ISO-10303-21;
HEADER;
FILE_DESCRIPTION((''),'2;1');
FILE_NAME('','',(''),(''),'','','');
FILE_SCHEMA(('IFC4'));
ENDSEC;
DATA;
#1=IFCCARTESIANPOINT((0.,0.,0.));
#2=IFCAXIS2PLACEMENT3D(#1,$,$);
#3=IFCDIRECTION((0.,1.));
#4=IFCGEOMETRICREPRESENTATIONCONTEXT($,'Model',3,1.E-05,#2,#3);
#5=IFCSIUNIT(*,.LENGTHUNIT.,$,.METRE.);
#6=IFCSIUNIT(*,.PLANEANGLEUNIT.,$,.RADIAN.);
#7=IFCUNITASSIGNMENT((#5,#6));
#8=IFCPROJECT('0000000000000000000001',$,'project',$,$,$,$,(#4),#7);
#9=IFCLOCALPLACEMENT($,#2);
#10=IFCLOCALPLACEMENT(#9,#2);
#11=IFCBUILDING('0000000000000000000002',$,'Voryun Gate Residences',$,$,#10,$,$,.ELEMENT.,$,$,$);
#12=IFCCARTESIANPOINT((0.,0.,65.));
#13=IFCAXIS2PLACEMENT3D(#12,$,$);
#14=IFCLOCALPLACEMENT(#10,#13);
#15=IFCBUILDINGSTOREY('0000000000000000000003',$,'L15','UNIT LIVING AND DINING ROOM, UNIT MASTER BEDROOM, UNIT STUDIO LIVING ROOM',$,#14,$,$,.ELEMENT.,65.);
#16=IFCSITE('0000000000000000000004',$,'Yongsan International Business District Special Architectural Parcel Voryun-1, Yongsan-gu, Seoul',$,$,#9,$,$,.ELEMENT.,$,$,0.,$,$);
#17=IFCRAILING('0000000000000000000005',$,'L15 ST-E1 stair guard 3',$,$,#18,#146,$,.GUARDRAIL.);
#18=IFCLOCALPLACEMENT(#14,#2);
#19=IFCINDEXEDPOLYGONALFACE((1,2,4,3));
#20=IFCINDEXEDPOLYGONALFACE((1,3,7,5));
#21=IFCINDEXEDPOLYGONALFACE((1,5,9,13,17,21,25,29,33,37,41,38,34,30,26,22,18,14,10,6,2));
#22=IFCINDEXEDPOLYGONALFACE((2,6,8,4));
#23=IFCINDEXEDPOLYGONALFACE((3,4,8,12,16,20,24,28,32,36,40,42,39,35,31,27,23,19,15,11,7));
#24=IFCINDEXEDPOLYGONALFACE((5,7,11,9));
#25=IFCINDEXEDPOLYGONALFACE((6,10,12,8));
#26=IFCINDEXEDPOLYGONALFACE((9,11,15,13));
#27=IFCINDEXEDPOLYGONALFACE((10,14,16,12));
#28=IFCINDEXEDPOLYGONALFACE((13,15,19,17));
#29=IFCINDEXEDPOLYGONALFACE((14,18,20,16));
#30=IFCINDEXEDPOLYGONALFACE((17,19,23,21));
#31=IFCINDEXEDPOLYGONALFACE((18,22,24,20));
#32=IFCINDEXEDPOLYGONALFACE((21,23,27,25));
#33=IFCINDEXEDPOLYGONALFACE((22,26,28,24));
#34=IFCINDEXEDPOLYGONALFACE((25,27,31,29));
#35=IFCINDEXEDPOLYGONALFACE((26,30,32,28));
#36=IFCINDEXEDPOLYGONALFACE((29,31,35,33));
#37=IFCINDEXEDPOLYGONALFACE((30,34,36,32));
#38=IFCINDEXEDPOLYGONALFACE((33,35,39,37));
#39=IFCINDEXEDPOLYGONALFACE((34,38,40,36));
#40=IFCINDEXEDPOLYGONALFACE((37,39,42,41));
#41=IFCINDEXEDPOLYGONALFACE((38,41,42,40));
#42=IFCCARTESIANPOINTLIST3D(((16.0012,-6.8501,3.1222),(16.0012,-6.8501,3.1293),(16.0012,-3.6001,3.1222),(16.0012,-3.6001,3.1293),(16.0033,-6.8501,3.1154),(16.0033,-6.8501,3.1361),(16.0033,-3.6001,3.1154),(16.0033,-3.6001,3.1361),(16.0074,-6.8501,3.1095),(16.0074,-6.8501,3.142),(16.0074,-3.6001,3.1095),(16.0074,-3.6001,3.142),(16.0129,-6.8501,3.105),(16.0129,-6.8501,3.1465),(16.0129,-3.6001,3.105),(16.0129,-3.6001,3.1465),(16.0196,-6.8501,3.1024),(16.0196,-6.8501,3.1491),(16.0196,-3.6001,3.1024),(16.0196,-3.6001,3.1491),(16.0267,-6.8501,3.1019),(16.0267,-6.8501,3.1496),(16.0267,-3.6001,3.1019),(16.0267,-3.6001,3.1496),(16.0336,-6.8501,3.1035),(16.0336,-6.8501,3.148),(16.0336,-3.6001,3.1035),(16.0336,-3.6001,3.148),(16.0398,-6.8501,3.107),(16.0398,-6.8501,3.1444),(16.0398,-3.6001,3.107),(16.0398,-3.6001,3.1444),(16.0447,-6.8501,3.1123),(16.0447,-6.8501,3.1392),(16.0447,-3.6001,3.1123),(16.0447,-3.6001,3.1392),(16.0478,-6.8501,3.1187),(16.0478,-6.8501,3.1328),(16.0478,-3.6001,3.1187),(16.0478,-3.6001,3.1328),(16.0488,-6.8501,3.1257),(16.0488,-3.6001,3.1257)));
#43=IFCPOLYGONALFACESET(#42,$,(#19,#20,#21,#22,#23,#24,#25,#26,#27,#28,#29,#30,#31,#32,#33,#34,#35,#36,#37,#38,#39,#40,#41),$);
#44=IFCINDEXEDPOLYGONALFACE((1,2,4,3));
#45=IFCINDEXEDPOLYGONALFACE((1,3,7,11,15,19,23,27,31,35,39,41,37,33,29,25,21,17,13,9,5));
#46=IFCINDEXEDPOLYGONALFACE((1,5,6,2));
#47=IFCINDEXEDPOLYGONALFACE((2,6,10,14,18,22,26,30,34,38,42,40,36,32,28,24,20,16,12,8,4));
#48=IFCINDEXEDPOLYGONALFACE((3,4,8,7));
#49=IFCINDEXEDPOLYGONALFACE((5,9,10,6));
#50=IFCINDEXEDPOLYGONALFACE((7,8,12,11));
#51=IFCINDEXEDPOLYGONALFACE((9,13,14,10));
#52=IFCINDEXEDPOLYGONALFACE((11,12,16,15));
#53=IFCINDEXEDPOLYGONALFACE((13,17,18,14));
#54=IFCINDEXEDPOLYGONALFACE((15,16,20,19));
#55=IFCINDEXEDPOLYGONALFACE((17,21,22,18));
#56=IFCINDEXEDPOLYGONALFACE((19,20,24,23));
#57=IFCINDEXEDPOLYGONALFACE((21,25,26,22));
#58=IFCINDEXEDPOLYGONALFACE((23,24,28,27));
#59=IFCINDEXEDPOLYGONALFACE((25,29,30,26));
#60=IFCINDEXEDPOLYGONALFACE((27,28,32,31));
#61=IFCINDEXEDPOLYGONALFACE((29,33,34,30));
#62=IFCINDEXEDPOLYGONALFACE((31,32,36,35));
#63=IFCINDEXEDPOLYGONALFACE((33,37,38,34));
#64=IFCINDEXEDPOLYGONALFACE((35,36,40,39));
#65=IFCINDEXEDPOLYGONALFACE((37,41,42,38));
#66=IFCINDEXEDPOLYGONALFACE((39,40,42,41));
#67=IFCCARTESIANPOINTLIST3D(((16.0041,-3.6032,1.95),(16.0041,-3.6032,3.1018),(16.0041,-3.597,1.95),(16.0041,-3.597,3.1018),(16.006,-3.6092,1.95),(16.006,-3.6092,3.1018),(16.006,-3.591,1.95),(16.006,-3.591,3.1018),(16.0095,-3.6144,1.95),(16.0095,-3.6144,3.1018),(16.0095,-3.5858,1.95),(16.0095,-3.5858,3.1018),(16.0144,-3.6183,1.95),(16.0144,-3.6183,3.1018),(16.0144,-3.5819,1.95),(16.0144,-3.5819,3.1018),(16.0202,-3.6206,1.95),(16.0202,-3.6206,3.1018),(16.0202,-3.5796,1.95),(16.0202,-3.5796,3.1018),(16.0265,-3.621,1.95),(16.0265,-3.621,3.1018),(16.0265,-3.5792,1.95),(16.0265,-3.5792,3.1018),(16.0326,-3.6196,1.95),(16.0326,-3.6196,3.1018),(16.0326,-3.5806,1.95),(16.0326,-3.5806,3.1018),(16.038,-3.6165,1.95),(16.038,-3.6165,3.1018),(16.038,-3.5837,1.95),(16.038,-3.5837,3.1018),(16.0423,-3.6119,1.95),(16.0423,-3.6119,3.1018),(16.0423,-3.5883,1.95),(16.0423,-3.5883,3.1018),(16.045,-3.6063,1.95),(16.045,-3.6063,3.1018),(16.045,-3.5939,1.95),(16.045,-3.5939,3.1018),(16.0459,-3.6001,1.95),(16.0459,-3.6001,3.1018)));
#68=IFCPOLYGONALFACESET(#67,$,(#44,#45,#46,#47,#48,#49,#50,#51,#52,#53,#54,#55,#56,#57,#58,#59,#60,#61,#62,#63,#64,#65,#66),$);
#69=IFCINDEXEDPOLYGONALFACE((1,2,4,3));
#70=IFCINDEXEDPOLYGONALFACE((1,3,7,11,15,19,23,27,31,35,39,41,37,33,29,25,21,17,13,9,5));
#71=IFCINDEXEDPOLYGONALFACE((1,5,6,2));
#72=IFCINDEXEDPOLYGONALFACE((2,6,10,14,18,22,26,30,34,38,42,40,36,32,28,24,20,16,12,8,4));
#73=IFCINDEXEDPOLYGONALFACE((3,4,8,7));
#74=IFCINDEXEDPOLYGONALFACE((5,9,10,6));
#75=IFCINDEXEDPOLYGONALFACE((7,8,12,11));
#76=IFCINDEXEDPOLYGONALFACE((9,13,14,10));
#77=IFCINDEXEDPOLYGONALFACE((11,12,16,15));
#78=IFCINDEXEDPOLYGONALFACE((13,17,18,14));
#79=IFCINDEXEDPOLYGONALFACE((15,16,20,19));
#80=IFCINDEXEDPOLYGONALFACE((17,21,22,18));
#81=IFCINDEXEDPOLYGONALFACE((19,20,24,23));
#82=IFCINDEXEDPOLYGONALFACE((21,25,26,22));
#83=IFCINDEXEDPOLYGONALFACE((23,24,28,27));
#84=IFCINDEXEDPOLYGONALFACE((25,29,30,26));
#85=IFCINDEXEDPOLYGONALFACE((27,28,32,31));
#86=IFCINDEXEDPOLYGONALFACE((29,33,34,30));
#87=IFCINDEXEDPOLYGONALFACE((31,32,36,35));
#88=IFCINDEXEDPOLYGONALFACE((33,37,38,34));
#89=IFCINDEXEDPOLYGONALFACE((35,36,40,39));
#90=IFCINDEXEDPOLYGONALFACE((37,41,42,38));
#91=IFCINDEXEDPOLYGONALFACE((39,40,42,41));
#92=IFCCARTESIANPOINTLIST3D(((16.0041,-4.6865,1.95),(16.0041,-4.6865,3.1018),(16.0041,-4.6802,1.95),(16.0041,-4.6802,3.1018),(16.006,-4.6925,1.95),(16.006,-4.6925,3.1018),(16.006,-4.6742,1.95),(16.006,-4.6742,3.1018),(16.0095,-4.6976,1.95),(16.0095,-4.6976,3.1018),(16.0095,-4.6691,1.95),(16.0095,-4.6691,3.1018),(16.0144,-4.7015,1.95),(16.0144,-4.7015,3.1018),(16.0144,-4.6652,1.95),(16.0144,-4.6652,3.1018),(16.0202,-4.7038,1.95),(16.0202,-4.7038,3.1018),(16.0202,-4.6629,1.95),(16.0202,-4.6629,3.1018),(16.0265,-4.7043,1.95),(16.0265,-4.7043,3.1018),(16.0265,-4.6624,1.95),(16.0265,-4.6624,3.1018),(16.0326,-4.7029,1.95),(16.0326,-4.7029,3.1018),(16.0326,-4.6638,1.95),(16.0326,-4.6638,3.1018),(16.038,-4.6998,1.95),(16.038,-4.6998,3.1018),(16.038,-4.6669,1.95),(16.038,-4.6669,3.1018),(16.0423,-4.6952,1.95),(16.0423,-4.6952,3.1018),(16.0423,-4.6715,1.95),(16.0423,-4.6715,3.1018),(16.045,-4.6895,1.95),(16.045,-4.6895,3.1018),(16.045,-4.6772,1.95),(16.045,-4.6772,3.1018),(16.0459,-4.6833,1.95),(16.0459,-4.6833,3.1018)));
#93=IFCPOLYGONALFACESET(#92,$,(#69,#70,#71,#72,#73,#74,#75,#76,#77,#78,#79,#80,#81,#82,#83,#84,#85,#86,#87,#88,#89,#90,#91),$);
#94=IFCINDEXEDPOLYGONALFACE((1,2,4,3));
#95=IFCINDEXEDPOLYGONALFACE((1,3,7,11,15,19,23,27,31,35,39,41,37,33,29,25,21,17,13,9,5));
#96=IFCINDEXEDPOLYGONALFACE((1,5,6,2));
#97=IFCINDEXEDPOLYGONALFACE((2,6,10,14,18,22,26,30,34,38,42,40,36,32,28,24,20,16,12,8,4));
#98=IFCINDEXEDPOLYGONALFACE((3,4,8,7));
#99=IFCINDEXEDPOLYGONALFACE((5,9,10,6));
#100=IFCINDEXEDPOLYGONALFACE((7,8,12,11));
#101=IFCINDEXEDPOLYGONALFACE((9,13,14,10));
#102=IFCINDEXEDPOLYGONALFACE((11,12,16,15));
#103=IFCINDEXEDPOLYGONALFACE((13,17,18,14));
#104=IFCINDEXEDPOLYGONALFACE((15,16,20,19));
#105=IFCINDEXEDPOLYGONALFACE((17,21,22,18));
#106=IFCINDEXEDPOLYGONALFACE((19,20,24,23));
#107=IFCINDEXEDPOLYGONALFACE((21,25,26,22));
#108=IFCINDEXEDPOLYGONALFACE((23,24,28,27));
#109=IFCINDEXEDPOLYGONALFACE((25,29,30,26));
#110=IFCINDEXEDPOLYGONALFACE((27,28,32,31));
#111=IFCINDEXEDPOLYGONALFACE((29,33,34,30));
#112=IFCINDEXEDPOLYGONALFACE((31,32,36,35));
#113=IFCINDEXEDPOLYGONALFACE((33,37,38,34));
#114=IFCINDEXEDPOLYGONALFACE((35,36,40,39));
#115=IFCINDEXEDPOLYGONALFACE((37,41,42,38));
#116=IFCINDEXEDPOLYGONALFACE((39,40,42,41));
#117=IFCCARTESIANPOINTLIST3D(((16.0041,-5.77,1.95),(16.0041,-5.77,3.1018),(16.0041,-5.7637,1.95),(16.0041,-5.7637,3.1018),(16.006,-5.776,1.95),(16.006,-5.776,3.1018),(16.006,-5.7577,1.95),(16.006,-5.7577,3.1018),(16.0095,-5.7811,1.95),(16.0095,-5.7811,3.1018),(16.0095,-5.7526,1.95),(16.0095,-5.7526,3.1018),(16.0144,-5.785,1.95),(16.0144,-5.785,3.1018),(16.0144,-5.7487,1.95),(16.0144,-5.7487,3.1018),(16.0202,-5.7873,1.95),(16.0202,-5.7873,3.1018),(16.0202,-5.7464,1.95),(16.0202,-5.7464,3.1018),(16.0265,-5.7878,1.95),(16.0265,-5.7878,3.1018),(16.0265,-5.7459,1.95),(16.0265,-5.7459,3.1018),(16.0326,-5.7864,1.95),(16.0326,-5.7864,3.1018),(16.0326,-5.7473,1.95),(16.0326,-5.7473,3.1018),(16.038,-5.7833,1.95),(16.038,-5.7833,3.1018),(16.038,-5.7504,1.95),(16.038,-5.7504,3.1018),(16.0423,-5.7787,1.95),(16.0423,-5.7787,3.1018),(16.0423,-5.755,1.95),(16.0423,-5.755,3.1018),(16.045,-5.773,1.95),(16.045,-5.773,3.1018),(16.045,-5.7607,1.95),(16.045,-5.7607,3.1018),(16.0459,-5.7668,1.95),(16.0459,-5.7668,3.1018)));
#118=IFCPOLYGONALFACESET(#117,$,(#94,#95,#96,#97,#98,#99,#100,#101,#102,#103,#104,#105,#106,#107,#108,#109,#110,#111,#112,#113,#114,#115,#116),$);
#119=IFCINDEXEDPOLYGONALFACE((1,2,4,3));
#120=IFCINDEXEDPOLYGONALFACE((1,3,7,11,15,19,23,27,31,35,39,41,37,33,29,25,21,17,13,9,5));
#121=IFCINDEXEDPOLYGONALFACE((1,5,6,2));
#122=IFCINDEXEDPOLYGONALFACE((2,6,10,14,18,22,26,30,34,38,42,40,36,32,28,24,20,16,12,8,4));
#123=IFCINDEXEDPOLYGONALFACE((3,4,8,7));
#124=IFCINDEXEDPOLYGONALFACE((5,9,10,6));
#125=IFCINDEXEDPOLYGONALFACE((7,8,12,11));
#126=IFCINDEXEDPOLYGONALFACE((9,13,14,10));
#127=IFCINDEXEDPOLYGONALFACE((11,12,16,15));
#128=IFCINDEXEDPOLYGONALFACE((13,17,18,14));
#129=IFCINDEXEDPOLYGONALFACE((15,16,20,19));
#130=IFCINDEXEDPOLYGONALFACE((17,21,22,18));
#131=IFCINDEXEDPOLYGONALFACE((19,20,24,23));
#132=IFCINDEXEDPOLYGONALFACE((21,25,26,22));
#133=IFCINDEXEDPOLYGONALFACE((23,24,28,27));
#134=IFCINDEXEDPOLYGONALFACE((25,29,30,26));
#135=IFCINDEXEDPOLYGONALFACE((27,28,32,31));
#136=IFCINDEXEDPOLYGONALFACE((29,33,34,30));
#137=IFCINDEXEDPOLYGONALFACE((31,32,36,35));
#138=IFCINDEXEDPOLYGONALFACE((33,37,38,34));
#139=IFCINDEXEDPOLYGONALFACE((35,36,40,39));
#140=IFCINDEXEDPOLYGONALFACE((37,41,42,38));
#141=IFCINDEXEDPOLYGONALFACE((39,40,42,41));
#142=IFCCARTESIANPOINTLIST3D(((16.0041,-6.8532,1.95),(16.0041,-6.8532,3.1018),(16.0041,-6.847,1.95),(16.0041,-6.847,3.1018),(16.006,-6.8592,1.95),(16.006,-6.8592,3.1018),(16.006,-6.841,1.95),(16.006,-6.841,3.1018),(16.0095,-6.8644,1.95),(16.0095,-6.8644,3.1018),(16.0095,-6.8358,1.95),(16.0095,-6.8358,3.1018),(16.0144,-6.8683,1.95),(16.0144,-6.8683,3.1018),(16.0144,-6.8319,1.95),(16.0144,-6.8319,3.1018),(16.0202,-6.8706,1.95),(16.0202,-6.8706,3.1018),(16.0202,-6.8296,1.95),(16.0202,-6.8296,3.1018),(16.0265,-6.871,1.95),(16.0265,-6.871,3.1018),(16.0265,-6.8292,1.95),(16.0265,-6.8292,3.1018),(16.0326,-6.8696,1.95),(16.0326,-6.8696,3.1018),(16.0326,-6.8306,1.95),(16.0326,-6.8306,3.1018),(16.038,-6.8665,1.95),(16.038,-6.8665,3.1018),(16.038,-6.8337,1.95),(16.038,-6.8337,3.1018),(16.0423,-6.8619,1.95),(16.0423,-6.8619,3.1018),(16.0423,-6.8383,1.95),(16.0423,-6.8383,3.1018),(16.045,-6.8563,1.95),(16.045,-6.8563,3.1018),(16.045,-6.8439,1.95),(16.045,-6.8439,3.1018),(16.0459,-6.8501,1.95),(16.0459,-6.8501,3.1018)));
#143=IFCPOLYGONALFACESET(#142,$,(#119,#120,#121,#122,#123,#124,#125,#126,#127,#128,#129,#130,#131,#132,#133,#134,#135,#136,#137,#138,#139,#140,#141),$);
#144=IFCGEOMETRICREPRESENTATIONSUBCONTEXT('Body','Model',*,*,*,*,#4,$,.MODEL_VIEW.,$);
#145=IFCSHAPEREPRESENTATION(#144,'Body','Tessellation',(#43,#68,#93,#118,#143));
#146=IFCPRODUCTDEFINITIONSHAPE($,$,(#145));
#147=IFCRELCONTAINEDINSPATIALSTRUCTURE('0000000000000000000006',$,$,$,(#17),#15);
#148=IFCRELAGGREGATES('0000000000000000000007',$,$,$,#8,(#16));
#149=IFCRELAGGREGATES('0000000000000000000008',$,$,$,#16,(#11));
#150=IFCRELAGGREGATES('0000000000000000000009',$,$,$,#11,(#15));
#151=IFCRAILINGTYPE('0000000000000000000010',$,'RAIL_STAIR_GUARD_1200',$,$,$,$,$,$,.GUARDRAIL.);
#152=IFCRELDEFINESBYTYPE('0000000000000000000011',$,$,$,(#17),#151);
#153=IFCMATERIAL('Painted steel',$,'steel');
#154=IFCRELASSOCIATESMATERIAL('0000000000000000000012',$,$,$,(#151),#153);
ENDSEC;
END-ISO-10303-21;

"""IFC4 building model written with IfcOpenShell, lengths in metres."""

from ifc_helpers import new_model, si_unit, direction, frame, origin, origin_2d, place, context, subcontext, project, spatial, circle, extrude, material, type_object, element, save


model = new_model("IFC4")

# Units and contexts
model_context = context("Model", 3, precision=1e-05, world=origin(), true_north=direction((0.0, 1.0)))
body_context = subcontext(model_context, "Body", "Model", "MODEL_VIEW")
ifc_project = project(units=[si_unit("LENGTHUNIT", "METRE"), si_unit("PLANEANGLEUNIT", "RADIAN")], contexts=[model_context])

# Site, building, storey
site_placement = place(None, origin())
site = spatial("IfcSite", under=ifc_project, at=site_placement, Name="Yongsan International Business District Special Architectural Parcel Voryun-1, Yongsan-gu, Seoul", CompositionType="ELEMENT", RefElevation=0.0)
building_placement = place(site_placement, origin())
building = spatial("IfcBuilding", under=site, at=building_placement, Name="Voryun Gate Residences", CompositionType="ELEMENT")
storey_placement = place(building_placement, frame((0.0, 0.0, 65.0)))
storey = spatial("IfcBuildingStorey", under=building, at=storey_placement, Name="L15", Description="UNIT LIVING AND DINING ROOM, UNIT MASTER BEDROOM, UNIT STUDIO LIVING ROOM", CompositionType="ELEMENT", Elevation=65.0)

# Railing
ifc_material_1 = material(Name="Painted steel", Category="steel")
railing_type_1 = type_object("IfcRailingType", Name="RAIL_STAIR_GUARD_1200", PredefinedType="GUARDRAIL", material=ifc_material_1)
for number, where, name in (
    (1, (16.0249, -3.6001, 1.95), "L15 ST-E1 stair guard 3"),
):
    element("IfcRailing", number, at=place(storey_placement, frame(where)), inside=storey, type_object=railing_type_1, Name=name, PredefinedType="GUARDRAIL", context=body_context, shape_type="SweptSolid", body=[
        extrude(circle(Radius=0.0239, at=origin_2d()), frame((0.0, 0.0, 1.1758), z_axis=(0.0, -1.0, 0.0), x_axis=(1.0, 0.0, 0.0)), (0.0, 0.0, 1.0), 3.25),
        extrude(circle(Radius=0.021, at=origin_2d()), origin(), (0.0, 0.0, 1.0), 1.1519),
        extrude(circle(Radius=0.021, at=origin_2d()), frame((0.0, -1.0833, 0.0)), (0.0, 0.0, 1.0), 1.1519),
        extrude(circle(Radius=0.021, at=origin_2d()), frame((0.0, -2.1667, 0.0)), (0.0, 0.0, 1.0), 1.1519),
        extrude(circle(Radius=0.021, at=origin_2d()), frame((0.0, -3.25, 0.0)), (0.0, 0.0, 1.0), 1.1519),
    ])

save(model, "model.ifc")
